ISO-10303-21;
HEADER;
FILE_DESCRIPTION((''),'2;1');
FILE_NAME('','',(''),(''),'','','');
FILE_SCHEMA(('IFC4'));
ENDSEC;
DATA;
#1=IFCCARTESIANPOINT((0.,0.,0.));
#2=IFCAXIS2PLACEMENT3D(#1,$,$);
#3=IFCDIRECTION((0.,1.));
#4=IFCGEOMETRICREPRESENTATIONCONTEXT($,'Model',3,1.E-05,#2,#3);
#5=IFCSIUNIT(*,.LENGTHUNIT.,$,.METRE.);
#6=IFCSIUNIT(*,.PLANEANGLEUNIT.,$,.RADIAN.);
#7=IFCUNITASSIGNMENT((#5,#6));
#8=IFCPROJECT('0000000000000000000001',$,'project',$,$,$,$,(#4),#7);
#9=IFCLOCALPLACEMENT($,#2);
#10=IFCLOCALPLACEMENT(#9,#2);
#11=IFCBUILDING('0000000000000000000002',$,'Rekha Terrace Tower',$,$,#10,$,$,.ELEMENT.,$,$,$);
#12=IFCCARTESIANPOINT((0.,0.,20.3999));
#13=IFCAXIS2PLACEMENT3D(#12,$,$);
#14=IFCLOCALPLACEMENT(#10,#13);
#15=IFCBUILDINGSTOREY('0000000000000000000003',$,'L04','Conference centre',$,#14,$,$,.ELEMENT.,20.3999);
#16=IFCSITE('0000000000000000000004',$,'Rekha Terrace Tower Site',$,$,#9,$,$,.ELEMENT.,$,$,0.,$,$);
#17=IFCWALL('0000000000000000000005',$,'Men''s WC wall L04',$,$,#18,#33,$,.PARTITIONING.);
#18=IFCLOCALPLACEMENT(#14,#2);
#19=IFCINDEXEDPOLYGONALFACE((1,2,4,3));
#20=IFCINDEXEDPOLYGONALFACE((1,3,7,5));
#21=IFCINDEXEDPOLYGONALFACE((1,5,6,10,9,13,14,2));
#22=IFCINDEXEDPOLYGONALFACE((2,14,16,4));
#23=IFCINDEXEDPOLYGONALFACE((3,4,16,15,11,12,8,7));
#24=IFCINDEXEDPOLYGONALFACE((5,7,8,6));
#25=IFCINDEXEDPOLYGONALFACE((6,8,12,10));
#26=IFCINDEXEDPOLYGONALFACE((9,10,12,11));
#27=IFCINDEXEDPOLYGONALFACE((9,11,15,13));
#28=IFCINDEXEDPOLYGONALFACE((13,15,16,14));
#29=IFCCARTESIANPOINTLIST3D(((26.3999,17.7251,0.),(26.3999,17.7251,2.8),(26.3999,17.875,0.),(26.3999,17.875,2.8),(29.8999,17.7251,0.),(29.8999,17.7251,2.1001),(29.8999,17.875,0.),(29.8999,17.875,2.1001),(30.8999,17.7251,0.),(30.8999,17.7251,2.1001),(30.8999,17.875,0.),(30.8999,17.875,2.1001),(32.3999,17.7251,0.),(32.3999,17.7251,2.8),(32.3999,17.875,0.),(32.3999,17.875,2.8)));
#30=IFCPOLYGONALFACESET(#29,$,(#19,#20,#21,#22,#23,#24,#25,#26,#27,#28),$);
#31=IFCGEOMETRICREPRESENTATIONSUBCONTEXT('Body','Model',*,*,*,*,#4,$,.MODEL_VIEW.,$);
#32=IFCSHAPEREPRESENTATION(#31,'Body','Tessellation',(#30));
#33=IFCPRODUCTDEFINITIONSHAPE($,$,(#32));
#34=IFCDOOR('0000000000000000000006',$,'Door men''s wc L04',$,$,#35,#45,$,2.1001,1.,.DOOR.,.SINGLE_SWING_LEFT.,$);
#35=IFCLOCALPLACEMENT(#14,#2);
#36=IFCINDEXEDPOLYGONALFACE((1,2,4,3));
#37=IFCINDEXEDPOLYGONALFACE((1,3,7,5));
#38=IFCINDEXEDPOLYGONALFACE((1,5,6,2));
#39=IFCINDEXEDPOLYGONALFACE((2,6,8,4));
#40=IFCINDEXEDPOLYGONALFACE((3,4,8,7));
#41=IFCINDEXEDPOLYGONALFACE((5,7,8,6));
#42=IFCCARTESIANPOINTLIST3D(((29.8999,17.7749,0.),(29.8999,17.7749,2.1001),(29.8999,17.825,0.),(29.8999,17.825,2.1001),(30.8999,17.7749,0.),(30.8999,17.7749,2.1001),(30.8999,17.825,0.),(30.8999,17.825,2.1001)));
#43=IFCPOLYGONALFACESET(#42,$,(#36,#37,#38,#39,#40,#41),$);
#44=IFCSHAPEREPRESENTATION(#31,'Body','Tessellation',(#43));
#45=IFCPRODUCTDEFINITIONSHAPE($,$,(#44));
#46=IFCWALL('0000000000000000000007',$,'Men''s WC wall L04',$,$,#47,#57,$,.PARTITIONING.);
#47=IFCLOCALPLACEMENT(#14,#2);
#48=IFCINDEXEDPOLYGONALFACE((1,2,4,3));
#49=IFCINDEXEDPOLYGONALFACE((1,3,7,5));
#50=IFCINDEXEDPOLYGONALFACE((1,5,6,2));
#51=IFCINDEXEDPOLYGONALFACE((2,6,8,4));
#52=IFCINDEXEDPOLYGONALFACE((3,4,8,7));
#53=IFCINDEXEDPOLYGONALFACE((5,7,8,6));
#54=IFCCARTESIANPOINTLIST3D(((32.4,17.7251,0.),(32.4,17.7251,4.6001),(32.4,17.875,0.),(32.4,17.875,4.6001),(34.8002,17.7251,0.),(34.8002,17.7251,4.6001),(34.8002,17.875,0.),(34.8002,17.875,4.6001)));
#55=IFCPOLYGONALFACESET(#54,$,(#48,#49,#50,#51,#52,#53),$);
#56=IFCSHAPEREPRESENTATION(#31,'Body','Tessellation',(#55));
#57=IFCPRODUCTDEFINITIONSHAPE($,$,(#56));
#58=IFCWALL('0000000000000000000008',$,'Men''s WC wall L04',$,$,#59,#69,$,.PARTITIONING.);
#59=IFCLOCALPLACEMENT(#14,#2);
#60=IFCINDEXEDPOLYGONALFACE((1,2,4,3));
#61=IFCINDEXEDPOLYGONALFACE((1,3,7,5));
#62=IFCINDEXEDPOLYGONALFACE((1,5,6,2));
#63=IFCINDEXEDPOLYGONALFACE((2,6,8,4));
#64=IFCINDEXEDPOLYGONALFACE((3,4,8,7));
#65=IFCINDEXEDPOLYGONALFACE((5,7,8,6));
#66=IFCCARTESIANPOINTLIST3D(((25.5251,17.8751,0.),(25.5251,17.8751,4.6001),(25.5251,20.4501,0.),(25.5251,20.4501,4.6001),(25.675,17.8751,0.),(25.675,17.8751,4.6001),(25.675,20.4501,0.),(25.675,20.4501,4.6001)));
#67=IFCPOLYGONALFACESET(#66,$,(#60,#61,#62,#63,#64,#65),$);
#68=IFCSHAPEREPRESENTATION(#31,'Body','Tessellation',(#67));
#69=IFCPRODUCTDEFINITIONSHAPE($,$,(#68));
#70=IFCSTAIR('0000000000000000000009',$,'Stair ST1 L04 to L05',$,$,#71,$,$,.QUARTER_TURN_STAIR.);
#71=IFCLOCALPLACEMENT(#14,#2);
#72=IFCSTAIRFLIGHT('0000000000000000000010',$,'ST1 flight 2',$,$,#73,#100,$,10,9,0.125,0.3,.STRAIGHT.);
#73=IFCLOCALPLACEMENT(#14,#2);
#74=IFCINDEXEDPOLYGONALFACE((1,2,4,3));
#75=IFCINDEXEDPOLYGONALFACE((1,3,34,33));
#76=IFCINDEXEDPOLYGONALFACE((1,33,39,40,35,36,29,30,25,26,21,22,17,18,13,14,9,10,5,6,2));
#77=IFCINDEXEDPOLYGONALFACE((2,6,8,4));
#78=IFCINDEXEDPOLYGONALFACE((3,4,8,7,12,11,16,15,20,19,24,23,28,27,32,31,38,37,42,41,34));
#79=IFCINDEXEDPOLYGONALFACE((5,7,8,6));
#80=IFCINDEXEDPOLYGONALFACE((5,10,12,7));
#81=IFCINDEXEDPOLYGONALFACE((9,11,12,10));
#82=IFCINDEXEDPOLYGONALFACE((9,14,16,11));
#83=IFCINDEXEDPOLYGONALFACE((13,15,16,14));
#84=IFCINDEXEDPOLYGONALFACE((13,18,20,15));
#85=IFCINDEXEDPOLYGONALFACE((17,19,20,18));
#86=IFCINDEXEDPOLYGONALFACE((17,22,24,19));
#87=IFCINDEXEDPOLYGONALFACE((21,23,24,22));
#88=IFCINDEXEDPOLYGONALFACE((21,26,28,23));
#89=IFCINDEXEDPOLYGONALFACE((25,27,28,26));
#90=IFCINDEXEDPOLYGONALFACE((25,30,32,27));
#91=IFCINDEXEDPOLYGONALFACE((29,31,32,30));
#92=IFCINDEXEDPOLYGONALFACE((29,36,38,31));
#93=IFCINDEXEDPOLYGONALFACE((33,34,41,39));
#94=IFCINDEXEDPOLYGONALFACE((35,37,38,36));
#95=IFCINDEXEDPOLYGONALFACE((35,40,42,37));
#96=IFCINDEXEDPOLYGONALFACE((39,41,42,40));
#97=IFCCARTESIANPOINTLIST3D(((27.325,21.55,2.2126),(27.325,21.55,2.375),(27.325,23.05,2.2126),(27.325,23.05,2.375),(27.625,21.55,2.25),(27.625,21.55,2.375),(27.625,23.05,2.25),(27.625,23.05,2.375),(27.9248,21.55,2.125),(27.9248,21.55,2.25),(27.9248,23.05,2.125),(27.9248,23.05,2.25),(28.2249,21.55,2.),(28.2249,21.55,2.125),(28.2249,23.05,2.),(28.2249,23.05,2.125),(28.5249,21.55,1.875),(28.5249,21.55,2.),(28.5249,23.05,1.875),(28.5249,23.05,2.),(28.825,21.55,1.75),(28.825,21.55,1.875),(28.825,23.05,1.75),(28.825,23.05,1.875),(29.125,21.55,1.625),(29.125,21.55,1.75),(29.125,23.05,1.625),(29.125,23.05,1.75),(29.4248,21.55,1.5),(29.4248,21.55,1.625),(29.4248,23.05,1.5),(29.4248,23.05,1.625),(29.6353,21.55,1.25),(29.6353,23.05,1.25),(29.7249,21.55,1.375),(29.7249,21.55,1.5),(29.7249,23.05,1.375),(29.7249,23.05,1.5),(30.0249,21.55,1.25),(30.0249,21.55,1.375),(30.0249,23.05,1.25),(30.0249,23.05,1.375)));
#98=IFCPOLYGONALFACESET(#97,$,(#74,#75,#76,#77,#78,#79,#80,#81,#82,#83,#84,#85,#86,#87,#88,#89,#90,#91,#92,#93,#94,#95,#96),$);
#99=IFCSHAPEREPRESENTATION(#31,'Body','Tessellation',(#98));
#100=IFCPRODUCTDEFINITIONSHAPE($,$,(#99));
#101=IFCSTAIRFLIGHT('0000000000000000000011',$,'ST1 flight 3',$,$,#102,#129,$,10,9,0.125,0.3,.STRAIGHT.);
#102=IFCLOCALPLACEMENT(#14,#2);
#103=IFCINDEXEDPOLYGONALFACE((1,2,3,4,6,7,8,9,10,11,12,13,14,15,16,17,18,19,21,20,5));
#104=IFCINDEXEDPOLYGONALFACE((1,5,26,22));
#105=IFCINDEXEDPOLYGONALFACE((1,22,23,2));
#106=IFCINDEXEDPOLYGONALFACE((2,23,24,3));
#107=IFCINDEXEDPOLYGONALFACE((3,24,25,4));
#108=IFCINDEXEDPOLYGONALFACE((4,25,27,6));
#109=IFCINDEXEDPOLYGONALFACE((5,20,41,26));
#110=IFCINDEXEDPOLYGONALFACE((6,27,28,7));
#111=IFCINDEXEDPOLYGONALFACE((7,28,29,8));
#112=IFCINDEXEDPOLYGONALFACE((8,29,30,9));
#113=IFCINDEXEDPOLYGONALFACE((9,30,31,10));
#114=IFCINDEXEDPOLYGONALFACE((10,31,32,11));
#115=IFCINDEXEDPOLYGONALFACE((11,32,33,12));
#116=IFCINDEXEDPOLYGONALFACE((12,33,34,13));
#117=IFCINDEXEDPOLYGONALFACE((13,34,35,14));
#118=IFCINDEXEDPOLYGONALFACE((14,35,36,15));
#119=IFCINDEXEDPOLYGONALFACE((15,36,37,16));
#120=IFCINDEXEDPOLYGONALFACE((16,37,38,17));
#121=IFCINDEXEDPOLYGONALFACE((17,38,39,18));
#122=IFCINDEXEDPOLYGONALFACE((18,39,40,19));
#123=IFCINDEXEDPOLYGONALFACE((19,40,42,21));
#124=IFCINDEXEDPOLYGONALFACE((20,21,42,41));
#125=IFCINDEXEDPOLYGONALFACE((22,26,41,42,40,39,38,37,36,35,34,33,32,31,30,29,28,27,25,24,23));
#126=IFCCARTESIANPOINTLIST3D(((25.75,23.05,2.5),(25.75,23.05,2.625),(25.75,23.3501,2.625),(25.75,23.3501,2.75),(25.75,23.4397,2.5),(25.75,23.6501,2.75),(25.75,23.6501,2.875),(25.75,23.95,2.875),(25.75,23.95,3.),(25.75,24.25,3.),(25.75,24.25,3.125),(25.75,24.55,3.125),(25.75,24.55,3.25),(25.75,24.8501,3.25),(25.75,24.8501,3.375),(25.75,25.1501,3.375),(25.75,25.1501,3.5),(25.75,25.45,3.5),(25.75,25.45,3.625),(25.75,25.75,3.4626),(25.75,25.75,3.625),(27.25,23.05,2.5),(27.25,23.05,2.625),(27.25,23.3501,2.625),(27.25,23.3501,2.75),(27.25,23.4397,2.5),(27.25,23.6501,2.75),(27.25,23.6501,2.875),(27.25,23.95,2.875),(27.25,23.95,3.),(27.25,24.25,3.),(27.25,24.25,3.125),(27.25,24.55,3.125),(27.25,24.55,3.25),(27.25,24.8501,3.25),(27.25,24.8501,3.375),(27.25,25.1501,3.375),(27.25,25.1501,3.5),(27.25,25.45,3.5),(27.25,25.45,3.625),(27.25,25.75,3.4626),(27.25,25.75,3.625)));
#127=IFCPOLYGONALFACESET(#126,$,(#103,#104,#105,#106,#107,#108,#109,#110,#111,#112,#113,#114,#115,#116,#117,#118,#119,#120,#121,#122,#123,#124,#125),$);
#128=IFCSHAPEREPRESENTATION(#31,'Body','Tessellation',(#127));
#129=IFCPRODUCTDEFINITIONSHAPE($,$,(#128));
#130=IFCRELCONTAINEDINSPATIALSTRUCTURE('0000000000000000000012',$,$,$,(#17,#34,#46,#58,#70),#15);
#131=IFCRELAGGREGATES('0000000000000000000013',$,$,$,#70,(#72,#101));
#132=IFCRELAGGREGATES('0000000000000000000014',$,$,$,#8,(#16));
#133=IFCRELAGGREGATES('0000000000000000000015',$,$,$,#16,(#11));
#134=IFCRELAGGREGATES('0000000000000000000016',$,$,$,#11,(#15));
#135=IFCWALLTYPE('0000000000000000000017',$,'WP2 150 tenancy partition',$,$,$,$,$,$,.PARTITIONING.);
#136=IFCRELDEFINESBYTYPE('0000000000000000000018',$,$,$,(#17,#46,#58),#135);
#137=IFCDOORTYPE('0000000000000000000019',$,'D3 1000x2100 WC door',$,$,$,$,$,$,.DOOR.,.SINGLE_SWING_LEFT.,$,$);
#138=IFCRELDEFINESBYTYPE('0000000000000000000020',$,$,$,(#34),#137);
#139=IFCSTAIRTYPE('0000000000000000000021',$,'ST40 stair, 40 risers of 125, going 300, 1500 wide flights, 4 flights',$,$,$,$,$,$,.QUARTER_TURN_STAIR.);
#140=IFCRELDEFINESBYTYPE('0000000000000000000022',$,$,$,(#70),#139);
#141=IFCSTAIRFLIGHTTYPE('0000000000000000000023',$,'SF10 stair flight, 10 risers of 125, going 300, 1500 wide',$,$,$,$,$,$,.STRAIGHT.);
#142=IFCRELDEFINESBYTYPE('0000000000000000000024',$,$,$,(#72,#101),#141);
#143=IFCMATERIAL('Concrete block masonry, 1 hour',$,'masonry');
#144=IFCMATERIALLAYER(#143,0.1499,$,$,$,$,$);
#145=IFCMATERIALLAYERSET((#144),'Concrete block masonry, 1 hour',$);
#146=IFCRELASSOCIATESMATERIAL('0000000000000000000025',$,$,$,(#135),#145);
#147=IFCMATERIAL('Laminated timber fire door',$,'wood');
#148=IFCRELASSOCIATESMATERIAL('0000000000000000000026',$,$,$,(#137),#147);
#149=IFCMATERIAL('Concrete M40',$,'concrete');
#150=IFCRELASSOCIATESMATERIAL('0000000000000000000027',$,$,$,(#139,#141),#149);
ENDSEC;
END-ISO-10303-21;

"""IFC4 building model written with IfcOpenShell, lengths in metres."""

from ifc_helpers import new_model, si_unit, direction, frame, frame_2d, origin, place, context, subcontext, project, spatial, polyline, rectangle, outline, extrude, material, layer, layer_set, type_object, element, fill, aggregate, save


model = new_model("IFC4")

# Units and contexts
model_context = context("Model", 3, precision=1e-05, world=origin(), true_north=direction((0.0, 1.0)))
body_context = subcontext(model_context, "Body", "Model", "MODEL_VIEW")
ifc_project = project(units=[si_unit("LENGTHUNIT", "METRE"), si_unit("PLANEANGLEUNIT", "RADIAN")], contexts=[model_context])

# Site, building, storey
site_placement = place(None, origin())
site = spatial("IfcSite", under=ifc_project, at=site_placement, Name="Rekha Terrace Tower Site", CompositionType="ELEMENT", RefElevation=0.0)
building_placement = place(site_placement, origin())
building = spatial("IfcBuilding", under=site, at=building_placement, Name="Rekha Terrace Tower", CompositionType="ELEMENT")
storey_placement = place(building_placement, frame((0.0, 0.0, 20.3999)))
storey = spatial("IfcBuildingStorey", under=building, at=storey_placement, Name="L04", Description="Conference centre", CompositionType="ELEMENT", Elevation=20.3999)

# Shared definitions
ifc_material_1 = material(Name="Concrete block masonry, 1 hour", Category="masonry")
ifc_layer_1 = layer(ifc_material_1, 0.1499)
ifc_layer_set_1 = layer_set([ifc_layer_1], Name="Concrete block masonry, 1 hour")
wall_type_1 = type_object("IfcWallType", Name="WP2 150 tenancy partition", PredefinedType="PARTITIONING", material=ifc_layer_set_1)

# Wall, opening, door
wall_1_placement = place(storey_placement, frame((26.3999, 17.8, 0.0), z_axis=(0.0, 0.0, 1.0), x_axis=(1.0, 0.0, 0.0)))
wall_1 = element("IfcWall", 1, at=wall_1_placement, inside=storey, type_object=wall_type_1, Name="Men's WC wall L04", PredefinedType="PARTITIONING", context=body_context, shape_type="SweptSolid", body=[
    extrude(rectangle(XDim=6.0, YDim=0.1499, at=frame_2d((3.0, 0.0))), origin(), (0.0, 0.0, 1.0), 2.8),
])
opening_1_placement = place(wall_1_placement, frame((3.5, 0.0, 0.0)))
opening_1 = element("IfcOpeningElement", 2, at=opening_1_placement, cuts=wall_1, PredefinedType="OPENING", context=body_context, shape_type="SweptSolid", body=[
    extrude(rectangle(XDim=1.0, YDim=2.1001, at=frame_2d((0.5, 1.05))), frame((0.0, 0.085, 0.0), z_axis=(0.0, -1.0, 0.0), x_axis=(1.0, 0.0, 0.0)), (0.0, 0.0, 1.0), 0.1699),
])
ifc_material_2 = material(Name="Laminated timber fire door", Category="wood")
door_type_1 = type_object("IfcDoorType", Name="D3 1000x2100 WC door", OperationType="SINGLE_SWING_LEFT", PredefinedType="DOOR", material=ifc_material_2)
door_1_placement = place(opening_1_placement, origin())
door_1 = element("IfcDoor", 3, at=door_1_placement, inside=storey, type_object=door_type_1, Name="Door men's wc L04", OperationType="SINGLE_SWING_LEFT", OverallHeight=2.1001, OverallWidth=1.0, PredefinedType="DOOR", context=body_context, shape_type="SweptSolid", body=[
    extrude(rectangle(XDim=1.0, YDim=2.1001, at=frame_2d((0.5, 1.05))), frame((0.0, 0.0249, 0.0), z_axis=(0.0, -1.0, 0.0), x_axis=(1.0, 0.0, 0.0)), (0.0, 0.0, 1.0), 0.05),
])
fill(opening_1, door_1)

# Walls
wall_2_placement = place(storey_placement, frame((32.3999, 17.8, 0.0), z_axis=(0.0, 0.0, 1.0), x_axis=(1.0, 0.0, 0.0)))
element("IfcWall", 4, at=wall_2_placement, inside=storey, type_object=wall_type_1, Name="Men's WC wall L04", PredefinedType="PARTITIONING", context=body_context, shape_type="SweptSolid", body=[
    extrude(rectangle(XDim=2.4001, YDim=0.1499, at=frame_2d((1.2002, 0.0))), origin(), (0.0, 0.0, 1.0), 4.6001),
])
wall_3_placement = place(storey_placement, frame((25.6001, 17.875, 0.0), z_axis=(0.0, 0.0, 1.0), x_axis=(0.0, 1.0, 0.0)))
element("IfcWall", 5, at=wall_3_placement, inside=storey, type_object=wall_type_1, Name="Men's WC wall L04", PredefinedType="PARTITIONING", context=body_context, shape_type="SweptSolid", body=[
    extrude(rectangle(XDim=2.575, YDim=0.1499, at=frame_2d((1.2876, 0.0))), origin(), (0.0, 0.0, 1.0), 4.6001),
])

# Stair, stair flights
ifc_material_3 = material(Name="Concrete M40", Category="concrete")
stair_type = type_object("IfcStairType", Name="ST40 stair, 40 risers of 125, going 300, 1500 wide flights, 4 flights", PredefinedType="QUARTER_TURN_STAIR", material=ifc_material_3)
stair_placement = place(storey_placement, origin())
stair = element("IfcStair", 6, at=stair_placement, inside=storey, type_object=stair_type, Name="Stair ST1 L04 to L05", PredefinedType="QUARTER_TURN_STAIR")
stair_flight_type = type_object("IfcStairFlightType", Name="SF10 stair flight, 10 risers of 125, going 300, 1500 wide", PredefinedType="STRAIGHT", material=ifc_material_3)
stair_flight_1_placement = place(storey_placement, frame((30.0249, 22.3, 1.25), z_axis=(0.0, 0.0, 1.0), x_axis=(-1.0, 0.0, 0.0)))
stair_flight_1 = element("IfcStairFlight", 7, at=stair_flight_1_placement, type_object=stair_flight_type, Name="ST1 flight 2", NumberOfRisers=10, NumberOfTreads=9, PredefinedType="STRAIGHT", RiserHeight=0.125, TreadLength=0.3, context=body_context, shape_type="SweptSolid", body=[
    extrude(outline(polyline([(0.0, 0.0), (0.0, 0.125), (0.3, 0.125), (0.3, 0.25), (0.6001, 0.25), (0.6001, 0.375), (0.8999, 0.375), (0.8999, 0.5), (1.2, 0.5), (1.2, 0.625), (1.5, 0.625), (1.5, 0.75), (1.8, 0.75), (1.8, 0.875), (2.1001, 0.875), (2.1001, 1.0), (2.3999, 1.0), (2.3999, 1.125), (2.7, 1.125), (2.7, 1.25), (2.7, 0.9626), (0.3896, 0.0), (0.0, 0.0)])), frame((0.0, 0.75, 0.0), z_axis=(0.0, -1.0, 0.0), x_axis=(1.0, 0.0, 0.0)), (0.0, 0.0, 1.0), 1.5),
])
stair_flight_2_placement = place(storey_placement, frame((26.5, 23.05, 2.5), z_axis=(0.0, 0.0, 1.0), x_axis=(0.0, 1.0, 0.0)))
stair_flight_2 = element("IfcStairFlight", 8, at=stair_flight_2_placement, type_object=stair_flight_type, Name="ST1 flight 3", NumberOfRisers=10, NumberOfTreads=9, PredefinedType="STRAIGHT", RiserHeight=0.125, TreadLength=0.3, context=body_context, shape_type="SweptSolid", body=[
    extrude(outline(polyline([(0.0, 0.0), (0.0, 0.125), (0.3, 0.125), (0.3, 0.25), (0.6001, 0.25), (0.6001, 0.375), (0.8999, 0.375), (0.8999, 0.5), (1.2, 0.5), (1.2, 0.625), (1.5, 0.625), (1.5, 0.75), (1.8, 0.75), (1.8, 0.875), (2.1001, 0.875), (2.1001, 1.0), (2.3999, 1.0), (2.3999, 1.125), (2.7, 1.125), (2.7, 1.25), (2.7, 0.9626), (0.3896, 0.0), (0.0, 0.0)])), frame((0.0, 0.75, 0.0), z_axis=(0.0, -1.0, 0.0), x_axis=(1.0, 0.0, 0.0)), (0.0, 0.0, 1.0), 1.5),
])
aggregate(stair, [stair_flight_1, stair_flight_2])

save(model, "model.ifc")
